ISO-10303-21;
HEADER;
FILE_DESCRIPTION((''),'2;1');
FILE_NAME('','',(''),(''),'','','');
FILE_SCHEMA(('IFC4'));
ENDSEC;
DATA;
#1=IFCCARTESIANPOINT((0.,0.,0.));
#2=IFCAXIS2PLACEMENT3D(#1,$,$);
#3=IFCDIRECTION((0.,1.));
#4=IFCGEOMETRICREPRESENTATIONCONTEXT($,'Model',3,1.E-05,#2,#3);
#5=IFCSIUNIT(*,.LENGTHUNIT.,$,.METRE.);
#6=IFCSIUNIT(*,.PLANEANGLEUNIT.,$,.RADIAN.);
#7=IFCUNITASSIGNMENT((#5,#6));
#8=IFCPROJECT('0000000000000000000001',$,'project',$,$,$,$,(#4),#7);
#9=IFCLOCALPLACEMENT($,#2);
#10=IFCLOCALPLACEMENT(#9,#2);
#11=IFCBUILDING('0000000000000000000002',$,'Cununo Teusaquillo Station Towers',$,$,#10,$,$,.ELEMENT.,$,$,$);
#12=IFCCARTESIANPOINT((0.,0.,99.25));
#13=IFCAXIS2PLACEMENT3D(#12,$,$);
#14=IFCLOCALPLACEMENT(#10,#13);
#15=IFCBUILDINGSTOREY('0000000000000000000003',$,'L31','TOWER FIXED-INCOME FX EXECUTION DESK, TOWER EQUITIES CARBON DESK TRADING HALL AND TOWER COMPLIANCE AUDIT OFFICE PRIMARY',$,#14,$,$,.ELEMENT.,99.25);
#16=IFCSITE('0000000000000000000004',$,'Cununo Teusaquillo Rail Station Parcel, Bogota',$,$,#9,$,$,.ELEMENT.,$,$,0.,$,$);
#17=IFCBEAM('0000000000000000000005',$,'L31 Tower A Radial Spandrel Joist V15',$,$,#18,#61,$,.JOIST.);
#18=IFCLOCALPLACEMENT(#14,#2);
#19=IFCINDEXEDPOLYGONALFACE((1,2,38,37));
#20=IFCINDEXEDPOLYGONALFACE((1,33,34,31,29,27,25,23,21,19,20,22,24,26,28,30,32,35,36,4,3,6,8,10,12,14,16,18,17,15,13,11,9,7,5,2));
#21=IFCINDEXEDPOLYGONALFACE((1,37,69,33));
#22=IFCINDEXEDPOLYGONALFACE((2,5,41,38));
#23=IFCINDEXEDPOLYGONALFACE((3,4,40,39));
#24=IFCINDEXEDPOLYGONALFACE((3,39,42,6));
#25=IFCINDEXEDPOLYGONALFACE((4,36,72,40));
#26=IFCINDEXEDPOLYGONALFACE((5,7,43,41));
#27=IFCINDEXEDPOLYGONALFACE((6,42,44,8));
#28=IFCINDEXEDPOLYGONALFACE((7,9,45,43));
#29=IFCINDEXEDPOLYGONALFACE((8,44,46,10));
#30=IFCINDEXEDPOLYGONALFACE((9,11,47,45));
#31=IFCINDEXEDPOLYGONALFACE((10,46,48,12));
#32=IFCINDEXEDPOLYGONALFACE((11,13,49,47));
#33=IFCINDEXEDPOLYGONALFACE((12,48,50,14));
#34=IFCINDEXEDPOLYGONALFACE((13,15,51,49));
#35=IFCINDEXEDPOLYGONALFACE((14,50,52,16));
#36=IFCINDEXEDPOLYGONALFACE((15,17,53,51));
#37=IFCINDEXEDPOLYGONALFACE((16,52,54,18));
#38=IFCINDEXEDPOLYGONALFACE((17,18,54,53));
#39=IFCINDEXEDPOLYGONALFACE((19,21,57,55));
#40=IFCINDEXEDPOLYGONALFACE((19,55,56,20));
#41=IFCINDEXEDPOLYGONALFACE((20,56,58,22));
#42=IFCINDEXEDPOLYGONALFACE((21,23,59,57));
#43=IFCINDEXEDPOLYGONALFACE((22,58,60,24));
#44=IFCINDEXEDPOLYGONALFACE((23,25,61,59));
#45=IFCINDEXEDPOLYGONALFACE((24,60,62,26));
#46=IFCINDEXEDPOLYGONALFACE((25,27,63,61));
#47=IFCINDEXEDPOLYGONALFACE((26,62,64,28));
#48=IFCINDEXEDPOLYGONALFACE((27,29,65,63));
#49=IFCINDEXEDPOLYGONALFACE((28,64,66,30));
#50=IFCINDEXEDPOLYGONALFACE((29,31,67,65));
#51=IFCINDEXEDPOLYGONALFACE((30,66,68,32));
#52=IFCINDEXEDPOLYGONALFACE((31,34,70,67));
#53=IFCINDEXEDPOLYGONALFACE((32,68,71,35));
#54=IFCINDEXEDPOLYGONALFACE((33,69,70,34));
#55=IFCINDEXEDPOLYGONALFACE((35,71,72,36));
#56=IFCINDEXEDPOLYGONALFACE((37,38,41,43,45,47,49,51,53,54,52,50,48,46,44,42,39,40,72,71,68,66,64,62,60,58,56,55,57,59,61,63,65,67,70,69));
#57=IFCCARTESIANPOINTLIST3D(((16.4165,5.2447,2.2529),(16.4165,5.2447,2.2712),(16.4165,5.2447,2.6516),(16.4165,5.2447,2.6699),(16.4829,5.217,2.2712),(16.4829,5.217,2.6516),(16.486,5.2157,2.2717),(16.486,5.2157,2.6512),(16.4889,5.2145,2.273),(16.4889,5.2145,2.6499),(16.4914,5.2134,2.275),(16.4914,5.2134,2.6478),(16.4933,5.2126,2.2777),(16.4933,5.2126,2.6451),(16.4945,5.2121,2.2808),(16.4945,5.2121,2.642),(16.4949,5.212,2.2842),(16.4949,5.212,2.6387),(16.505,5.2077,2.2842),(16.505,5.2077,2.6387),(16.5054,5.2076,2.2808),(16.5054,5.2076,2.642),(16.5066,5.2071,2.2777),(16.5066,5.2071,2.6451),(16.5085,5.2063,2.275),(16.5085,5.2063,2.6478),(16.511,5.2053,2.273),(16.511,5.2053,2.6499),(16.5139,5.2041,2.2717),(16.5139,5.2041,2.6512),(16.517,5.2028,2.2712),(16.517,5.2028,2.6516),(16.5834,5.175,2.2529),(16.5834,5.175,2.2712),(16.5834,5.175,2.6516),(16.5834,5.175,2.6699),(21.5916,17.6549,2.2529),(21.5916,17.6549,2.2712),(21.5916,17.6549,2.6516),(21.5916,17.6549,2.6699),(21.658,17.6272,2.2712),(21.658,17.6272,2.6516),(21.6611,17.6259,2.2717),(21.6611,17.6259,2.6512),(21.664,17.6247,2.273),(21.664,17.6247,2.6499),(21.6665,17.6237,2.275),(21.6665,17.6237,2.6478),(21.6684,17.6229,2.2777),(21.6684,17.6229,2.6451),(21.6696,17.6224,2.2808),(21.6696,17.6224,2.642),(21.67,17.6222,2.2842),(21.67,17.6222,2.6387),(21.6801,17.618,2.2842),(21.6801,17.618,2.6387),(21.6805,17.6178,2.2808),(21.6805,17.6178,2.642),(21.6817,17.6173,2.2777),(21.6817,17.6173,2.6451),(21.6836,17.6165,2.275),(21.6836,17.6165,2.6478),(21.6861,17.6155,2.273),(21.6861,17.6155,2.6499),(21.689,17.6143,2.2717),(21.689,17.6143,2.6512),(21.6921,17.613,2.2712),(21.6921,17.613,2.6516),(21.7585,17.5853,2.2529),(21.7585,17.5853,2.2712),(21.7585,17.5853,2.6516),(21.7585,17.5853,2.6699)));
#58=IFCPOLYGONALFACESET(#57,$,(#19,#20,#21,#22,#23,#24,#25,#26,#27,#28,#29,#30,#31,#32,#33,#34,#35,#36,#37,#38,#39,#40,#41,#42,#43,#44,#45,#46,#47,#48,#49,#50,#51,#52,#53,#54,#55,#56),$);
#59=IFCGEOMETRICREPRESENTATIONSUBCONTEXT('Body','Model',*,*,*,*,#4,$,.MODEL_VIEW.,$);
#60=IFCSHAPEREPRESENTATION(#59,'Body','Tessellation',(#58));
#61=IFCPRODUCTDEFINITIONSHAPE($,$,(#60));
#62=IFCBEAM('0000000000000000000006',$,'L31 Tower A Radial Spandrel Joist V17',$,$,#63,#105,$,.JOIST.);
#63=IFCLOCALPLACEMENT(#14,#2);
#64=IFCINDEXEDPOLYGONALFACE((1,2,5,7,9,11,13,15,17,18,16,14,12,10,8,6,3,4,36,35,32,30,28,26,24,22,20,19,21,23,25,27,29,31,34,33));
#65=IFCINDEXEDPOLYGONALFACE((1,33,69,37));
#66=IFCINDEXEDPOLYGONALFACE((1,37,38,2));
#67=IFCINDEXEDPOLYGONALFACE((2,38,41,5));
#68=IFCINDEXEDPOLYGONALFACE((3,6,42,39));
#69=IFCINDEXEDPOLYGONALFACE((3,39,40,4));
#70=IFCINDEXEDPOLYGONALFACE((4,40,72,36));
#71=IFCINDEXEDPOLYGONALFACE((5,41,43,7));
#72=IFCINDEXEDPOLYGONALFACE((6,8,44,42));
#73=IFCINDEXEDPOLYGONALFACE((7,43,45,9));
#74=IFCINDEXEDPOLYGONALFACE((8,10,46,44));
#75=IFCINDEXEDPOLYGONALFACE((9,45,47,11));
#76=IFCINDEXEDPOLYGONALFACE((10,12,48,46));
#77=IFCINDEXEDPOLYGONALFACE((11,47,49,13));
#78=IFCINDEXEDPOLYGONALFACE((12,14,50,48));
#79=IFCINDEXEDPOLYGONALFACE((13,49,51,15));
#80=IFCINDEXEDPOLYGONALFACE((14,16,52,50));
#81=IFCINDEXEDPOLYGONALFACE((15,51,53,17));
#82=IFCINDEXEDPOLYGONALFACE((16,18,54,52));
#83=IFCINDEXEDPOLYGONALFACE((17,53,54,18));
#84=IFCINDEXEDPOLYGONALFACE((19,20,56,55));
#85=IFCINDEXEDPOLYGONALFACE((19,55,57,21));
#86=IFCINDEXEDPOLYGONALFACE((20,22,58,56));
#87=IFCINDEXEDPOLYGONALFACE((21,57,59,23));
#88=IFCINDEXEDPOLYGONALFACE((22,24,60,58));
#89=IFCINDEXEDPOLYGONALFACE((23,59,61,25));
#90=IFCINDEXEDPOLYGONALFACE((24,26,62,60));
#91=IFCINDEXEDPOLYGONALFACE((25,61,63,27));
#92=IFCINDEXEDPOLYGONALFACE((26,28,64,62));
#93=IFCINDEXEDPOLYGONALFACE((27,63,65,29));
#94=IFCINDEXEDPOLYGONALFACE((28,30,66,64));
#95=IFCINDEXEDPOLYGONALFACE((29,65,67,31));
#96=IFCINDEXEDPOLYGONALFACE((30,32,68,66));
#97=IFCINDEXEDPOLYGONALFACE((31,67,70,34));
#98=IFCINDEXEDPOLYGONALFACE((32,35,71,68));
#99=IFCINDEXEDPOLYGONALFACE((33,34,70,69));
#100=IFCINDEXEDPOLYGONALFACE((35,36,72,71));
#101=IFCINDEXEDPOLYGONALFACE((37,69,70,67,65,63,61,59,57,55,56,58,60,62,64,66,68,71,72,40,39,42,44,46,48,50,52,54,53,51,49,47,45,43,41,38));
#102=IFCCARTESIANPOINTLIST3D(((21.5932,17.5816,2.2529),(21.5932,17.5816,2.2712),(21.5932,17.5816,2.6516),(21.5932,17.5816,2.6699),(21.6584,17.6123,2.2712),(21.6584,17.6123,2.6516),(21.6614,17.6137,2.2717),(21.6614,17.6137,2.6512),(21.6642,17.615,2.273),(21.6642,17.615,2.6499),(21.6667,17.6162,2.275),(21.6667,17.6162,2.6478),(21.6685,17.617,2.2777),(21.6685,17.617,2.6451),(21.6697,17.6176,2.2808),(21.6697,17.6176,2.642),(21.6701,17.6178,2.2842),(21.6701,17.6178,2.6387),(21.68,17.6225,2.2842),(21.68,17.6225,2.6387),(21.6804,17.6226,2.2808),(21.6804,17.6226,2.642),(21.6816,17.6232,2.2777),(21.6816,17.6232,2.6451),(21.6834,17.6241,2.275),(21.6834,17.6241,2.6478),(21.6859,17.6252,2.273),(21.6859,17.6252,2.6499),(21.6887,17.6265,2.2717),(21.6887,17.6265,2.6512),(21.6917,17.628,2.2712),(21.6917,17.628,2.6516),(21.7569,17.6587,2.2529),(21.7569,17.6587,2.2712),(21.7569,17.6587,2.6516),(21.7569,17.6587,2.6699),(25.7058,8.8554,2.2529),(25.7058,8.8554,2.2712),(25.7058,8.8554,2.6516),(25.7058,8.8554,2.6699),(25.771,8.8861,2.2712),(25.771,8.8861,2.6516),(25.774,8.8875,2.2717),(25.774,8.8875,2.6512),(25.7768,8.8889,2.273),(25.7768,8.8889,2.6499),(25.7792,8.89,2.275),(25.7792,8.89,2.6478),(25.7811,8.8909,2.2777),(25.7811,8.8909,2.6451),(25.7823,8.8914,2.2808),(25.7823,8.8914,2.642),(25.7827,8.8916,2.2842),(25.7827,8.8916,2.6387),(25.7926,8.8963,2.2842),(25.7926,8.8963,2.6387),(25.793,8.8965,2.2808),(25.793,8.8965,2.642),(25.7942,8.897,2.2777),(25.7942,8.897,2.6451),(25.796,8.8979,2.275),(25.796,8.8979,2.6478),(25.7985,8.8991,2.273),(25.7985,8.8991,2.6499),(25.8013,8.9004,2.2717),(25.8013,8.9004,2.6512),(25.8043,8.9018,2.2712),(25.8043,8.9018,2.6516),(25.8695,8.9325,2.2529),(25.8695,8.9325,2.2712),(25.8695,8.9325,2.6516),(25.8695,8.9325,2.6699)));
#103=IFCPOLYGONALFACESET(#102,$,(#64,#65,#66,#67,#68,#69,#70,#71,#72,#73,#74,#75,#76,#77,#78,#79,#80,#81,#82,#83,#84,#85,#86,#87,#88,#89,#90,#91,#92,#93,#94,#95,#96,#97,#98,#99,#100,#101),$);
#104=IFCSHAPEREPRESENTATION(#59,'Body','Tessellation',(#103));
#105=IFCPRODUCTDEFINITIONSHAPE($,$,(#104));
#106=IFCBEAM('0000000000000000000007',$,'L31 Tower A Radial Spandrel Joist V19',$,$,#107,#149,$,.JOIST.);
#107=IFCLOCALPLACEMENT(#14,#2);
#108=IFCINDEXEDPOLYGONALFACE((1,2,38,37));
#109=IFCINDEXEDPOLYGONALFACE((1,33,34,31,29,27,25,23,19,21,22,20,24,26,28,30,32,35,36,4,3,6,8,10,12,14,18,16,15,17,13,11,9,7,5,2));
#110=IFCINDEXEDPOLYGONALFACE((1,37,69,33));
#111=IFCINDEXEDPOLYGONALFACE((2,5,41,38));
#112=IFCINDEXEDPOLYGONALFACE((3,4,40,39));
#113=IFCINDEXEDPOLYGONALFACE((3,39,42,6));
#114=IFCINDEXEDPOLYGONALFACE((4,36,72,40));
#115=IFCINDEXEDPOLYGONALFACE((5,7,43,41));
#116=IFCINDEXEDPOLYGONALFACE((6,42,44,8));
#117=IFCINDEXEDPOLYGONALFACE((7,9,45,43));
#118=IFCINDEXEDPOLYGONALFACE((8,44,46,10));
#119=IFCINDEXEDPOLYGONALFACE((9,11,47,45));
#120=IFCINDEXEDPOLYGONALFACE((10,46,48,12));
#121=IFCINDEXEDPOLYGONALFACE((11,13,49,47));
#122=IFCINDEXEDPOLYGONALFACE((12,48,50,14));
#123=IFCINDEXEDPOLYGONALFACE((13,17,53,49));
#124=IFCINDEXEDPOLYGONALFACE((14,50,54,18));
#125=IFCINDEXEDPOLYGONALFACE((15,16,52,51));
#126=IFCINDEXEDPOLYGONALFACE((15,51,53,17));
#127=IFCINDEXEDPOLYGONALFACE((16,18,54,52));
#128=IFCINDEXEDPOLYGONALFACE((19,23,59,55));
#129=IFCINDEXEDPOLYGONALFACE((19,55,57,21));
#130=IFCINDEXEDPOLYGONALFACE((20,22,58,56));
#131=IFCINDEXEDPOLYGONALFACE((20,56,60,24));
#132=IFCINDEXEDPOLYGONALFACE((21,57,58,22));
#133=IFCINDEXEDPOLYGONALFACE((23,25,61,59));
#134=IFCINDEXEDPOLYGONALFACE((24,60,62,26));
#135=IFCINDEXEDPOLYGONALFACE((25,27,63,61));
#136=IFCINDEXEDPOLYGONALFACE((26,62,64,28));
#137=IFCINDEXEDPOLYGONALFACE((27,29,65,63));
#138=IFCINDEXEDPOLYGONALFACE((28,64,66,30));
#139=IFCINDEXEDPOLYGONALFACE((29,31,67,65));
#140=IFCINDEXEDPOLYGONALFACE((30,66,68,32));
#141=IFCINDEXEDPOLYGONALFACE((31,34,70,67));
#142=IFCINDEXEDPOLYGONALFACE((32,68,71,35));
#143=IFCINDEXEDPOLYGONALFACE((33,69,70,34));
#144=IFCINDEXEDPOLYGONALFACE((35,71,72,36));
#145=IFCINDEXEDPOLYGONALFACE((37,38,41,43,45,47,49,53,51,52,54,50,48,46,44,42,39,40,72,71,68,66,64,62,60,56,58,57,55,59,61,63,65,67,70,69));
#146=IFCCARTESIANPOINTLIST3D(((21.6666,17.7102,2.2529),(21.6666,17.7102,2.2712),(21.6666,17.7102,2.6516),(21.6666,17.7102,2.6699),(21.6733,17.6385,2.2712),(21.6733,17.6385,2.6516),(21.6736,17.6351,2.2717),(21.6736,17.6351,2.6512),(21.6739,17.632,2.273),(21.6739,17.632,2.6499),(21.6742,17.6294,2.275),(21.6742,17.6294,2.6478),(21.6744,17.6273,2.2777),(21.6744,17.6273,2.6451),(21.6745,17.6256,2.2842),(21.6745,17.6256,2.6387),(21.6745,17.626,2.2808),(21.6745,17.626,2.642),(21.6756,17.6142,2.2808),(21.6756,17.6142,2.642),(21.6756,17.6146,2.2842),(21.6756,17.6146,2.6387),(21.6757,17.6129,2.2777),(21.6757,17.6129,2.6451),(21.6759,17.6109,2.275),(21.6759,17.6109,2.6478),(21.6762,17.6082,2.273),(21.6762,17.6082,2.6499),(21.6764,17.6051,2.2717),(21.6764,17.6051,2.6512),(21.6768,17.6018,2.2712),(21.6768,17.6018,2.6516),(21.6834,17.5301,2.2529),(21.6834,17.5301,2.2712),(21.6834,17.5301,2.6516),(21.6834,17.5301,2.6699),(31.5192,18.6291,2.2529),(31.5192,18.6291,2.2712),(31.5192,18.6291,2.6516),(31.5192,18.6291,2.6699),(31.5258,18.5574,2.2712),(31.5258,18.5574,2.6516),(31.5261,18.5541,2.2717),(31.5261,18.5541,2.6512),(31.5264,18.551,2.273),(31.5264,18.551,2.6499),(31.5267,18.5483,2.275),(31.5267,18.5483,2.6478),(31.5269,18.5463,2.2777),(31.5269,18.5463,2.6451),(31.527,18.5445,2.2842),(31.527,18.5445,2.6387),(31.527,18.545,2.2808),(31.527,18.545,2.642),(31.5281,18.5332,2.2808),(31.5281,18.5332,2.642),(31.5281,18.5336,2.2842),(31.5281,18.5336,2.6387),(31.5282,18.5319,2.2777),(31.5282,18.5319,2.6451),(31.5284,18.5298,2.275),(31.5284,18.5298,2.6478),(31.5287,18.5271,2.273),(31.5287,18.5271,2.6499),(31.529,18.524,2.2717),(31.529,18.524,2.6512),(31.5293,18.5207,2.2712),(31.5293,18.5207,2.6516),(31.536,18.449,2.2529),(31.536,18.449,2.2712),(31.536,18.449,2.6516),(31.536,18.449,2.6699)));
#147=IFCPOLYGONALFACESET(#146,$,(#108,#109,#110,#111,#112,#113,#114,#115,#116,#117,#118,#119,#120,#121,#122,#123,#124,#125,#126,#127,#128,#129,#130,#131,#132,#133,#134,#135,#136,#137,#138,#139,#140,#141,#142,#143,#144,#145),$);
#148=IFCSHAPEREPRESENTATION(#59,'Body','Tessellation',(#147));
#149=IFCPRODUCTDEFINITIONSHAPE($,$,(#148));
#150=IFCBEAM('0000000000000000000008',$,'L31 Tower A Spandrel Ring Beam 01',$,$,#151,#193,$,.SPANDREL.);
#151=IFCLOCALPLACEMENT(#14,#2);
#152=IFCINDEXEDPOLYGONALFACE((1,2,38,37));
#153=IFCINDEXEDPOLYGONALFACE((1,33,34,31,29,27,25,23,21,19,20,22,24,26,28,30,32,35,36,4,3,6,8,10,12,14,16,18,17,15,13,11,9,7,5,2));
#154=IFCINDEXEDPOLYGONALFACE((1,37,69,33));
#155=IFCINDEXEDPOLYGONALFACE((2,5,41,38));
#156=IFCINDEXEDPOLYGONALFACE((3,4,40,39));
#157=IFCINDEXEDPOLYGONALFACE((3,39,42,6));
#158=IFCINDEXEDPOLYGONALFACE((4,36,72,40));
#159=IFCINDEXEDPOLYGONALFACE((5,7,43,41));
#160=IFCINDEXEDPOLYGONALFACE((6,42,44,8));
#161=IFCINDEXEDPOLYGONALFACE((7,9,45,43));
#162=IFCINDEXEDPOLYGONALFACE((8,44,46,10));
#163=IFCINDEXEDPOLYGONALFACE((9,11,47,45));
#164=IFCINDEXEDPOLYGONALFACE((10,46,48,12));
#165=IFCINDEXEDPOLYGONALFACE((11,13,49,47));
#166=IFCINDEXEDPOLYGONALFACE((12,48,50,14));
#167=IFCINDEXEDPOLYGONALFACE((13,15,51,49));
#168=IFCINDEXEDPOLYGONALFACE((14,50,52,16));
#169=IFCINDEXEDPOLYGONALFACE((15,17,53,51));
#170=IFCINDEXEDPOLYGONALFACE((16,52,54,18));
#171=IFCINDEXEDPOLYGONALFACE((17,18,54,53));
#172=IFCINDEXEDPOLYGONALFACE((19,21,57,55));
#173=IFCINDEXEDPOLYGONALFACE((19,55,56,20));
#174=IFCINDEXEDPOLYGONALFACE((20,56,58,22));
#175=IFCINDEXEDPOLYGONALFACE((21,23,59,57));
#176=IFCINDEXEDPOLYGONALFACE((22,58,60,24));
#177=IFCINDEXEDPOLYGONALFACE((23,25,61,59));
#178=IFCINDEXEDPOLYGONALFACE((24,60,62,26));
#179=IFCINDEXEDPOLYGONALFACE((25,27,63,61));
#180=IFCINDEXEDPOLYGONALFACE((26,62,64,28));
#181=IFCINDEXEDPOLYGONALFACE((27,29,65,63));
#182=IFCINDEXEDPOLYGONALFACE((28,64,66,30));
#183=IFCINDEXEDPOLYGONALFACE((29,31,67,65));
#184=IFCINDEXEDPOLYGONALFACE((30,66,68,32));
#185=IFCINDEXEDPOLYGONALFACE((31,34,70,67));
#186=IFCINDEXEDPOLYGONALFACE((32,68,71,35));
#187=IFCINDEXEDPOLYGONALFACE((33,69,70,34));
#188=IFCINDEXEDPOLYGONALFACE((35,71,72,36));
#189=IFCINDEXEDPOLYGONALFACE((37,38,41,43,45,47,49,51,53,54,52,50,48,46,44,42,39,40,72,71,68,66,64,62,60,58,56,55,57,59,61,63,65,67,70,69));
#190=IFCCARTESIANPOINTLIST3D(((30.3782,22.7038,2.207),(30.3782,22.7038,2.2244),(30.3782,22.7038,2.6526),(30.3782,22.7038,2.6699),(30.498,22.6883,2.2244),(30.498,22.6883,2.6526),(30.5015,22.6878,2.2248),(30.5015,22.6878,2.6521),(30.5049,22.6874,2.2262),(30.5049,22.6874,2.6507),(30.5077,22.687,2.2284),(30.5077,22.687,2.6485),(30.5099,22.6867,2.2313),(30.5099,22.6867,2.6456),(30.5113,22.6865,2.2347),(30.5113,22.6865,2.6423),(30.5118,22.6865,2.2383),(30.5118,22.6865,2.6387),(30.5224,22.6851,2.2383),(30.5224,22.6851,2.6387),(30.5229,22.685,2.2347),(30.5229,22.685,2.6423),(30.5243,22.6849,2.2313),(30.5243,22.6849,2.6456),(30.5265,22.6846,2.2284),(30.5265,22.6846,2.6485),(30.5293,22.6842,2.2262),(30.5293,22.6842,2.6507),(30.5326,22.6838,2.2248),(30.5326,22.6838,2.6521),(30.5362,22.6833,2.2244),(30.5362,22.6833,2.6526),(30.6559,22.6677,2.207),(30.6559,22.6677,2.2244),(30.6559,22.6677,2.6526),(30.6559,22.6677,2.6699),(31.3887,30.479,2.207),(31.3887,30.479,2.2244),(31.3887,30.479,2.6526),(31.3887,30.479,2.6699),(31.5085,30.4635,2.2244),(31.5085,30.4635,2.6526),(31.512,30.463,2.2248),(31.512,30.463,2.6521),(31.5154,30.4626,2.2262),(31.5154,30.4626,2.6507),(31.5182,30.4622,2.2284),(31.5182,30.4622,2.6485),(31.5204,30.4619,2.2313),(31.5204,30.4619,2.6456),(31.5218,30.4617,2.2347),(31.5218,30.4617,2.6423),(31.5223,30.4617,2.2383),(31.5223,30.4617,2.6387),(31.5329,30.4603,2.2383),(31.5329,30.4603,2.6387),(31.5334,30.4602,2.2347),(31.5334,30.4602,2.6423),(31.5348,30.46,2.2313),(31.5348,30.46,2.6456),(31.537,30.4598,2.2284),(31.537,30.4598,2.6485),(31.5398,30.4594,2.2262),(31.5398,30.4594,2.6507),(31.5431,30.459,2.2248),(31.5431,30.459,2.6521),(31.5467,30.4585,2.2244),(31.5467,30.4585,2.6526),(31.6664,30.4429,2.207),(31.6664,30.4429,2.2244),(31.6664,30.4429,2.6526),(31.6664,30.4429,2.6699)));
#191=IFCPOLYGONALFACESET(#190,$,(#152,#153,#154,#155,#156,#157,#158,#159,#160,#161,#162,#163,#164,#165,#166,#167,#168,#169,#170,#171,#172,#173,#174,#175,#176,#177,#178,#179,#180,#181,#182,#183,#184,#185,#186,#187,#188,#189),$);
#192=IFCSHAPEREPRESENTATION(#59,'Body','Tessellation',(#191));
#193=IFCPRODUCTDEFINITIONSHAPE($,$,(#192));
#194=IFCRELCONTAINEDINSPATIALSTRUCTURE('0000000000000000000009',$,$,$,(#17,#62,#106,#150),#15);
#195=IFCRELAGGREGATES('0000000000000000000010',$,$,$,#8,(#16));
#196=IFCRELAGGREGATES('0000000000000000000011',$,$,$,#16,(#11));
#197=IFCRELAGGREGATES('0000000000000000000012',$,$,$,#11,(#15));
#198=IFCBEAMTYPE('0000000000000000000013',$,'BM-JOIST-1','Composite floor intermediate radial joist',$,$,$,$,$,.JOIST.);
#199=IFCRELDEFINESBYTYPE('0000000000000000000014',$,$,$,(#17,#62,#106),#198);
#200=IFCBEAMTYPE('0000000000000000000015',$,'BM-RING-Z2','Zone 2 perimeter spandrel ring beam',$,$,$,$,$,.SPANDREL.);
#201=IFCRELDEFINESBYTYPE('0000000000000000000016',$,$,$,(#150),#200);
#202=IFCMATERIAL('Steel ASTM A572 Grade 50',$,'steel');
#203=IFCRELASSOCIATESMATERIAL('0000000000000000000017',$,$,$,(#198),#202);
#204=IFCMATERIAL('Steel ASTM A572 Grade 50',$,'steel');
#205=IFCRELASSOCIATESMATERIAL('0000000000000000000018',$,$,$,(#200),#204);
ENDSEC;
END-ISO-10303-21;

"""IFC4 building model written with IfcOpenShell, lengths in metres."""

from ifc_helpers import new_model, si_unit, direction, frame, origin, origin_2d, place, context, subcontext, project, spatial, i_section, extrude, material, material_profile, profile_set, type_object, element, save


model = new_model("IFC4")

# Units and contexts
model_context = context("Model", 3, precision=1e-05, world=origin(), true_north=direction((0.0, 1.0)))
body_context = subcontext(model_context, "Body", "Model", "MODEL_VIEW")
ifc_project = project(units=[si_unit("LENGTHUNIT", "METRE"), si_unit("PLANEANGLEUNIT", "RADIAN")], contexts=[model_context])

# Site, building, storey
site_placement = place(None, origin())
site = spatial("IfcSite", under=ifc_project, at=site_placement, Name="Cununo Teusaquillo Rail Station Parcel, Bogota", CompositionType="ELEMENT", RefElevation=0.0)
building_placement = place(site_placement, origin())
building = spatial("IfcBuilding", under=site, at=building_placement, Name="Cununo Teusaquillo Station Towers", CompositionType="ELEMENT")
storey_placement = place(building_placement, frame((0.0, 0.0, 99.25)))
storey = spatial("IfcBuildingStorey", under=building, at=storey_placement, Name="L31", Description="TOWER FIXED-INCOME FX EXECUTION DESK, TOWER EQUITIES CARBON DESK TRADING HALL AND TOWER COMPLIANCE AUDIT OFFICE PRIMARY", CompositionType="ELEMENT", Elevation=99.25)

# Beams
ifc_material_1 = material(Name="Steel ASTM A572 Grade 50", Category="steel")
ifc_material_profile_1 = material_profile(ifc_material_1, i_section(OverallWidth=0.1809, OverallDepth=0.417, WebThickness=0.011, FlangeThickness=0.0183, FilletRadius=0.0129, at=origin_2d()), Name="W16X57")
ifc_profile_set_1 = profile_set([ifc_material_profile_1], Name="Steel ASTM A572 Grade 50")
beam_type_1 = type_object("IfcBeamType", Name="BM-JOIST-1", Description="Composite floor intermediate radial joist", PredefinedType="JOIST", material=ifc_profile_set_1)
beam_1_placement = place(storey_placement, frame((21.675, 17.6201, 2.4614), z_axis=(-0.384878, -0.922967, 0.0), x_axis=(0.922967, -0.384878, 0.0)))
element("IfcBeam", 1, at=beam_1_placement, inside=storey, type_object=beam_type_1, Name="L31 Tower A Radial Spandrel Joist V15", PredefinedType="JOIST", context=body_context, shape_type="SweptSolid", body=[
    extrude(i_section(OverallWidth=0.1809, OverallDepth=0.417, WebThickness=0.011, FlangeThickness=0.0183, FilletRadius=0.0129, at=origin_2d()), origin(), (0.0, 0.0, 1.0), 13.446),
])
beam_2_placement = place(storey_placement, frame((21.675, 17.6201, 2.4614), z_axis=(0.42632, -0.904572, 0.0), x_axis=(0.904572, 0.42632, 0.0)))
element("IfcBeam", 2, at=beam_2_placement, inside=storey, type_object=beam_type_1, Name="L31 Tower A Radial Spandrel Joist V17", PredefinedType="JOIST", context=body_context, shape_type="SweptSolid", body=[
    extrude(i_section(OverallWidth=0.1809, OverallDepth=0.417, WebThickness=0.011, FlangeThickness=0.0183, FilletRadius=0.0129, at=origin_2d()), origin(), (0.0, 0.0, 1.0), 9.6467),
])
beam_3_placement = place(storey_placement, frame((21.675, 17.6201, 2.4614), z_axis=(0.995679, 0.092867, 0.0), x_axis=(-0.092867, 0.995679, 0.0)))
element("IfcBeam", 3, at=beam_3_placement, inside=storey, type_object=beam_type_1, Name="L31 Tower A Radial Spandrel Joist V19", PredefinedType="JOIST", context=body_context, shape_type="SweptSolid", body=[
    extrude(i_section(OverallWidth=0.1809, OverallDepth=0.417, WebThickness=0.011, FlangeThickness=0.0183, FilletRadius=0.0129, at=origin_2d()), origin(), (0.0, 0.0, 1.0), 9.8953),
])
ifc_material_2 = material(Name="Steel ASTM A572 Grade 50", Category="steel")
ifc_material_profile_2 = material_profile(ifc_material_2, i_section(OverallWidth=0.28, OverallDepth=0.4629, WebThickness=0.0107, FlangeThickness=0.0173, FilletRadius=0.0139, at=origin_2d()), Name="W18X76")
ifc_profile_set_2 = profile_set([ifc_material_profile_2], Name="Steel ASTM A572 Grade 50")
beam_type_2 = type_object("IfcBeamType", Name="BM-RING-Z2", Description="Zone 2 perimeter spandrel ring beam", PredefinedType="SPANDREL", material=ifc_profile_set_2)
beam_4_placement = place(storey_placement, frame((30.5171, 22.6858, 2.4385), z_axis=(0.128881, 0.99166, 0.0), x_axis=(-0.99166, 0.128881, 0.0)))
element("IfcBeam", 4, at=beam_4_placement, inside=storey, type_object=beam_type_2, Name="L31 Tower A Spandrel Ring Beam 01", PredefinedType="SPANDREL", context=body_context, shape_type="SweptSolid", body=[
    extrude(i_section(OverallWidth=0.28, OverallDepth=0.4629, WebThickness=0.0107, FlangeThickness=0.0173, FilletRadius=0.0139, at=origin_2d()), origin(), (0.0, 0.0, 1.0), 7.8406),
])

save(model, "model.ifc")
